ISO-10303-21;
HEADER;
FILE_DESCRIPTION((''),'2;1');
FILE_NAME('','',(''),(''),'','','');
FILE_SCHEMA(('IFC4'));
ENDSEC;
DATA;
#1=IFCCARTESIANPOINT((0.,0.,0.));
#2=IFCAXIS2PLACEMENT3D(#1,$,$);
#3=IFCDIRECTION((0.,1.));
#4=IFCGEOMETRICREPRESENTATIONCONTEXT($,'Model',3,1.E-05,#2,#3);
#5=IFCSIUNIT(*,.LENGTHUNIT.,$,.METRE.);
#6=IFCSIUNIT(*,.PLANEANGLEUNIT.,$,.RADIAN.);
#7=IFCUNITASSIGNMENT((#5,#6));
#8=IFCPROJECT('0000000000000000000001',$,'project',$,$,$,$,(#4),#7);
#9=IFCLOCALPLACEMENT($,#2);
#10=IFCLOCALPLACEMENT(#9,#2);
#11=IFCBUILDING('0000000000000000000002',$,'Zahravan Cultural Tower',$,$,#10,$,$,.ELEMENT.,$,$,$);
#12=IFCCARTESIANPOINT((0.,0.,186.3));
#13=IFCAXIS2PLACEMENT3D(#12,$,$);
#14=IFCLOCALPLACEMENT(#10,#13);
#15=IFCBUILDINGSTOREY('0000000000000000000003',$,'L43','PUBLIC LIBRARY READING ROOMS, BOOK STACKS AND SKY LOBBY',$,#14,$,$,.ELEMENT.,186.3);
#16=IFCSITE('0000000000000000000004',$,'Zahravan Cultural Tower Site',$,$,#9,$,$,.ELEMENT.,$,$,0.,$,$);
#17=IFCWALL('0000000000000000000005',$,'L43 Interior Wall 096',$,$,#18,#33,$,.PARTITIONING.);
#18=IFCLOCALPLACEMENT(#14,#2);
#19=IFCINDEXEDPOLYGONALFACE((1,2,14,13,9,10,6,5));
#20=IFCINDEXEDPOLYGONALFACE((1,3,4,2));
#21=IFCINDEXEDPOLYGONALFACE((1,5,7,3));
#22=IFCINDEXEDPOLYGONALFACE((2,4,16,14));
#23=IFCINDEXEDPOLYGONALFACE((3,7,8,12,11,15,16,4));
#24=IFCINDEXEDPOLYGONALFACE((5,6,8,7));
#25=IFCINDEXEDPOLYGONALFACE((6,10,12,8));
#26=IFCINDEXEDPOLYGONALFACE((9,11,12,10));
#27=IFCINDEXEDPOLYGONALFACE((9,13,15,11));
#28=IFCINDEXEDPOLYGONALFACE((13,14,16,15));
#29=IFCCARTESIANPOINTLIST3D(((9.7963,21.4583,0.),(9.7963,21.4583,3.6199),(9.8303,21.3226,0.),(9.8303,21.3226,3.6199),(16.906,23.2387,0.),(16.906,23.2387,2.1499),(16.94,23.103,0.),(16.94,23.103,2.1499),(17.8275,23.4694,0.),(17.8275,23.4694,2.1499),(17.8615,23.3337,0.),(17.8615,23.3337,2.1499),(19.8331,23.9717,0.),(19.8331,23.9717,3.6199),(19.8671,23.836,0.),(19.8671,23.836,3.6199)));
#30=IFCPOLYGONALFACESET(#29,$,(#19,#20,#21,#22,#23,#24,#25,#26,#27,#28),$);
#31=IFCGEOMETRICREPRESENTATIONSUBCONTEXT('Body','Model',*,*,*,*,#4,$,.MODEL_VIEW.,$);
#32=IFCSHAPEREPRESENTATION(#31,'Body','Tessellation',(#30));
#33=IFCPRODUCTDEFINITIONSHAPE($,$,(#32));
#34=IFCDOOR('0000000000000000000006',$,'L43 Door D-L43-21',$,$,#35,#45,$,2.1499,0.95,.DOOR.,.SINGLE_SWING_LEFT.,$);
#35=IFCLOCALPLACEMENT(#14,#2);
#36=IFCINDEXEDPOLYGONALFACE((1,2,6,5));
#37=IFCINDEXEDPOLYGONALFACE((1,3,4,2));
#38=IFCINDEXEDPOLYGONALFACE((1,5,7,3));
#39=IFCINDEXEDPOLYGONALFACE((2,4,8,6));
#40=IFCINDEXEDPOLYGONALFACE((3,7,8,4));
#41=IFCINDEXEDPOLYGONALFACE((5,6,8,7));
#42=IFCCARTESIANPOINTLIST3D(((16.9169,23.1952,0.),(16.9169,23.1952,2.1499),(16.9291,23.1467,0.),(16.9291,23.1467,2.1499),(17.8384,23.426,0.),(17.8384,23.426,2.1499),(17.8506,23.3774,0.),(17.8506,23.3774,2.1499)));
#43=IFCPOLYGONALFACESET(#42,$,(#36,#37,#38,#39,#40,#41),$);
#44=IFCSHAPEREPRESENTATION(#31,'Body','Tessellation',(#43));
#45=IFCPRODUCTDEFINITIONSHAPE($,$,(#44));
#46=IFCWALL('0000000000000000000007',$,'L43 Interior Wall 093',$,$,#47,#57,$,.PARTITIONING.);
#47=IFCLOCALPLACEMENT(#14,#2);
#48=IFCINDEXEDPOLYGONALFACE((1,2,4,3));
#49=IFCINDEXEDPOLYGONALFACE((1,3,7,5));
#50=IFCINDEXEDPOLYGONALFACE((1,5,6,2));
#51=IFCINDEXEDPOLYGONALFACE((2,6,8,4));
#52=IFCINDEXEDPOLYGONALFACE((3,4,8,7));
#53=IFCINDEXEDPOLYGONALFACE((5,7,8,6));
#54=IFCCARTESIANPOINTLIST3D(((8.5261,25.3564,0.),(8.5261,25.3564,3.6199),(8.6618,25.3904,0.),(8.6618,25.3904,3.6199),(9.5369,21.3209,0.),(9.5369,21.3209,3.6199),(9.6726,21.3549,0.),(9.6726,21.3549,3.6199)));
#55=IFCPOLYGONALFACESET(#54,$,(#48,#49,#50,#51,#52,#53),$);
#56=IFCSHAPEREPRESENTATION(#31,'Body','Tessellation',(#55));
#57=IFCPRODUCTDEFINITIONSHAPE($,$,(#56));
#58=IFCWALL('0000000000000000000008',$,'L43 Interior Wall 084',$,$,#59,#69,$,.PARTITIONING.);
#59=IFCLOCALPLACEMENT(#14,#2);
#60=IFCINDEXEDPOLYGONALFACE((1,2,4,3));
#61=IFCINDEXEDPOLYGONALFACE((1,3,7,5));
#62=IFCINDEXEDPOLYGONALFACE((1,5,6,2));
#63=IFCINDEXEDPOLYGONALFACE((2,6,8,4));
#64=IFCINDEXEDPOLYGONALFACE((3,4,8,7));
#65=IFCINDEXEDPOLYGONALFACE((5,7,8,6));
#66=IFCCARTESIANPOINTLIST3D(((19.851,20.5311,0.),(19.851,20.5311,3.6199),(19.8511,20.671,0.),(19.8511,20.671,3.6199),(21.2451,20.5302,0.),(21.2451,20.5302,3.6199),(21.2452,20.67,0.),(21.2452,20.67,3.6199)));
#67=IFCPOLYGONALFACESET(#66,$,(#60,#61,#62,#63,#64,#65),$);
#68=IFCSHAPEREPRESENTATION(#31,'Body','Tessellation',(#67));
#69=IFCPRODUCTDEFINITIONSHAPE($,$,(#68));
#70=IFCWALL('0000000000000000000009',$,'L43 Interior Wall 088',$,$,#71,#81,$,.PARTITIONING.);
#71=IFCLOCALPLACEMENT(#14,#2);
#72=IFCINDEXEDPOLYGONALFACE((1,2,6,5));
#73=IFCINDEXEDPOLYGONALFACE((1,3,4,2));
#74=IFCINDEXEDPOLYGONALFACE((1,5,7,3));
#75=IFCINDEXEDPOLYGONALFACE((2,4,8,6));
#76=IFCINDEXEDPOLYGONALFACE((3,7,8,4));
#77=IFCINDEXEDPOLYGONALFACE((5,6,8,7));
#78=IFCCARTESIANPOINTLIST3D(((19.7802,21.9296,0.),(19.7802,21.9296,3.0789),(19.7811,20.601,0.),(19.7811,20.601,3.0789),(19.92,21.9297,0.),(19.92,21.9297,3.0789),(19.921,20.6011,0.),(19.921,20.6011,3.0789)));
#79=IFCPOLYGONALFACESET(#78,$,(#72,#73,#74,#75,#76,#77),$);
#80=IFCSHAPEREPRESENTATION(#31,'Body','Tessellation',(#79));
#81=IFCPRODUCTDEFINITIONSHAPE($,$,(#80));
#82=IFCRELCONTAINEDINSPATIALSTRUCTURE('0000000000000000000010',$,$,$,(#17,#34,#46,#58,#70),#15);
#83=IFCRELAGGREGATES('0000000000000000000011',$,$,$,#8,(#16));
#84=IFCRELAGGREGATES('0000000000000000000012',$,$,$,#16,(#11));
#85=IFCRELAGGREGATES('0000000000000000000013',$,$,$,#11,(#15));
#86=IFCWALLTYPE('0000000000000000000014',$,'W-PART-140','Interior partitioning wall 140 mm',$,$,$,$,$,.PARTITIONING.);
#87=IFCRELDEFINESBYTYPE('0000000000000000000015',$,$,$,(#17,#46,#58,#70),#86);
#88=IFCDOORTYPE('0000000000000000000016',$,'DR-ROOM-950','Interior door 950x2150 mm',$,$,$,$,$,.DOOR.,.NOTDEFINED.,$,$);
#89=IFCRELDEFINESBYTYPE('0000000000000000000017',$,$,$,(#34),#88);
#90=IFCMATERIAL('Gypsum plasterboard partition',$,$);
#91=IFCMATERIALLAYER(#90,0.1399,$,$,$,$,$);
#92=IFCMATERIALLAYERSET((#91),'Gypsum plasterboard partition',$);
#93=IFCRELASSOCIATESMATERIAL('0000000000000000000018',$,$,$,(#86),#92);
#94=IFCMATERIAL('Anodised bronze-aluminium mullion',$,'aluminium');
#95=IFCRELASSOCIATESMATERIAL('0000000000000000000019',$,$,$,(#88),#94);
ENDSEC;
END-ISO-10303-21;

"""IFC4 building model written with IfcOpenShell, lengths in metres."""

from ifc_helpers import new_model, si_unit, direction, frame, frame_2d, origin, place, context, subcontext, project, spatial, rectangle, extrude, source, transform, mapped, material, layer, layer_set, type_object, element, fill, save


model = new_model("IFC4")

# Units and contexts
model_context = context("Model", 3, precision=1e-05, world=origin(), true_north=direction((0.0, 1.0)))
body_context = subcontext(model_context, "Body", "Model", "MODEL_VIEW")
ifc_project = project(units=[si_unit("LENGTHUNIT", "METRE"), si_unit("PLANEANGLEUNIT", "RADIAN")], contexts=[model_context])

# Site, building, storey
site_placement = place(None, origin())
site = spatial("IfcSite", under=ifc_project, at=site_placement, Name="Zahravan Cultural Tower Site", CompositionType="ELEMENT", RefElevation=0.0)
building_placement = place(site_placement, origin())
building = spatial("IfcBuilding", under=site, at=building_placement, Name="Zahravan Cultural Tower", CompositionType="ELEMENT")
storey_placement = place(building_placement, frame((0.0, 0.0, 186.3)))
storey = spatial("IfcBuildingStorey", under=building, at=storey_placement, Name="L43", Description="PUBLIC LIBRARY READING ROOMS, BOOK STACKS AND SKY LOBBY", CompositionType="ELEMENT", Elevation=186.3)

# Shared definitions
ifc_material_1 = material(Name="Anodised bronze-aluminium mullion", Category="aluminium")

# Wall, opening, door
ifc_material_2 = material(Name="Gypsum plasterboard partition")
ifc_layer_1 = layer(ifc_material_2, 0.1399)
ifc_layer_set_1 = layer_set([ifc_layer_1], Name="Gypsum plasterboard partition")
wall_type = type_object("IfcWallType", Name="W-PART-140", Description="Interior partitioning wall 140 mm", PredefinedType="PARTITIONING", material=ifc_layer_set_1)
door_type = type_object("IfcDoorType", Name="DR-ROOM-950", Description="Interior door 950x2150 mm", OperationType="NOTDEFINED", PredefinedType="DOOR", material=ifc_material_1)
shared_shape_1 = source(origin(), body_context, "Body", "SweptSolid", [
    extrude(rectangle(XDim=0.95, YDim=2.1499, at=frame_2d((0.4751, 1.075))), frame((0.0, 0.0249, 0.0), z_axis=(0.0, -1.0, 0.0), x_axis=(1.0, 0.0, 0.0)), (0.0, 0.0, 1.0), 0.05),
])
wall_1_placement = place(storey_placement, frame((19.8501, 23.9038, 0.0), z_axis=(0.0, 0.0, 1.0), x_axis=(-0.970047, -0.242919, 0.0)))
wall_1 = element("IfcWall", 1, at=wall_1_placement, inside=storey, type_object=wall_type, Name="L43 Interior Wall 096", PredefinedType="PARTITIONING", context=body_context, shape_type="SweptSolid", body=[
    extrude(rectangle(XDim=10.3467, YDim=0.1399, at=frame_2d((5.1733, 0.0))), origin(), (0.0, 0.0, 1.0), 3.6199),
])
opening_1_placement = place(wall_1_placement, frame((2.0674, 0.0, 0.0)))
opening_1 = element("IfcOpeningElement", 2, at=opening_1_placement, cuts=wall_1, PredefinedType="OPENING", context=body_context, shape_type="SweptSolid", body=[
    extrude(rectangle(XDim=0.95, YDim=2.1499, at=frame_2d((0.4751, 1.075))), frame((0.0, 0.0798, 0.0), z_axis=(0.0, -1.0, 0.0), x_axis=(1.0, 0.0, 0.0)), (0.0, 0.0, 1.0), 0.1599),
])
door_1_placement = place(opening_1_placement, origin())
door_1 = element("IfcDoor", 3, at=door_1_placement, inside=storey, type_object=door_type, Name="L43 Door D-L43-21", OperationType="SINGLE_SWING_LEFT", OverallHeight=2.1499, OverallWidth=0.95, PredefinedType="DOOR", context=body_context, shape_type="MappedRepresentation", body=[
    mapped(shared_shape_1, transform((0.0, 0.0, 0.0), x_axis=(1.0, 0.0, 0.0), y_axis=(0.0, 1.0, 0.0), z_axis=(0.0, 0.0, 1.0), scale=1.0)),
])
fill(opening_1, door_1)

# Walls
shared_shape_2 = source(origin(), body_context, "Body", "SweptSolid", [
    extrude(rectangle(XDim=4.1602, YDim=0.1399, at=frame_2d((2.0801, 0.0))), origin(), (0.0, 0.0, 1.0), 3.6199),
])
wall_2_placement = place(storey_placement, frame((9.6047, 21.3379, 0.0), z_axis=(0.0, 0.0, 1.0), x_axis=(-0.242964, 0.970035, 0.0)))
element("IfcWall", 4, at=wall_2_placement, inside=storey, type_object=wall_type, Name="L43 Interior Wall 093", PredefinedType="PARTITIONING", context=body_context, shape_type="MappedRepresentation", body=[
    mapped(shared_shape_2, transform((0.0, 0.0, 0.0), x_axis=(1.0, 0.0, 0.0), y_axis=(0.0, 1.0, 0.0), z_axis=(0.0, 0.0, 1.0), scale=1.0)),
])
shared_shape_3 = source(origin(), body_context, "Body", "SweptSolid", [
    extrude(rectangle(XDim=1.394, YDim=0.1399, at=frame_2d((0.697, 0.0))), origin(), (0.0, 0.0, 1.0), 3.6199),
])
wall_3_placement = place(storey_placement, frame((19.8511, 20.6011, 0.0), z_axis=(0.0, 0.0, 1.0), x_axis=(1.0, -0.000701, 0.0)))
element("IfcWall", 5, at=wall_3_placement, inside=storey, type_object=wall_type, Name="L43 Interior Wall 084", PredefinedType="PARTITIONING", context=body_context, shape_type="MappedRepresentation", body=[
    mapped(shared_shape_3, transform((0.0, 0.0, 0.0), x_axis=(1.0, 0.0, 0.0), y_axis=(0.0, 1.0, 0.0), z_axis=(0.0, 0.0, 1.0), scale=1.0)),
])
shared_shape_4 = source(origin(), body_context, "Body", "SweptSolid", [
    extrude(rectangle(XDim=1.3286, YDim=0.1399, at=frame_2d((0.6643, 0.0))), origin(), (0.0, 0.0, 1.0), 3.0789),
])
wall_4_placement = place(storey_placement, frame((19.8501, 21.9297, 0.0), z_axis=(0.0, 0.0, 1.0), x_axis=(0.000735, -1.0, 0.0)))
element("IfcWall", 6, at=wall_4_placement, inside=storey, type_object=wall_type, Name="L43 Interior Wall 088", PredefinedType="PARTITIONING", context=body_context, shape_type="MappedRepresentation", body=[
    mapped(shared_shape_4, transform((0.0, 0.0, 0.0), x_axis=(1.0, 0.0, 0.0), y_axis=(0.0, 1.0, 0.0), z_axis=(0.0, 0.0, 1.0), scale=1.0)),
])

save(model, "model.ifc")
